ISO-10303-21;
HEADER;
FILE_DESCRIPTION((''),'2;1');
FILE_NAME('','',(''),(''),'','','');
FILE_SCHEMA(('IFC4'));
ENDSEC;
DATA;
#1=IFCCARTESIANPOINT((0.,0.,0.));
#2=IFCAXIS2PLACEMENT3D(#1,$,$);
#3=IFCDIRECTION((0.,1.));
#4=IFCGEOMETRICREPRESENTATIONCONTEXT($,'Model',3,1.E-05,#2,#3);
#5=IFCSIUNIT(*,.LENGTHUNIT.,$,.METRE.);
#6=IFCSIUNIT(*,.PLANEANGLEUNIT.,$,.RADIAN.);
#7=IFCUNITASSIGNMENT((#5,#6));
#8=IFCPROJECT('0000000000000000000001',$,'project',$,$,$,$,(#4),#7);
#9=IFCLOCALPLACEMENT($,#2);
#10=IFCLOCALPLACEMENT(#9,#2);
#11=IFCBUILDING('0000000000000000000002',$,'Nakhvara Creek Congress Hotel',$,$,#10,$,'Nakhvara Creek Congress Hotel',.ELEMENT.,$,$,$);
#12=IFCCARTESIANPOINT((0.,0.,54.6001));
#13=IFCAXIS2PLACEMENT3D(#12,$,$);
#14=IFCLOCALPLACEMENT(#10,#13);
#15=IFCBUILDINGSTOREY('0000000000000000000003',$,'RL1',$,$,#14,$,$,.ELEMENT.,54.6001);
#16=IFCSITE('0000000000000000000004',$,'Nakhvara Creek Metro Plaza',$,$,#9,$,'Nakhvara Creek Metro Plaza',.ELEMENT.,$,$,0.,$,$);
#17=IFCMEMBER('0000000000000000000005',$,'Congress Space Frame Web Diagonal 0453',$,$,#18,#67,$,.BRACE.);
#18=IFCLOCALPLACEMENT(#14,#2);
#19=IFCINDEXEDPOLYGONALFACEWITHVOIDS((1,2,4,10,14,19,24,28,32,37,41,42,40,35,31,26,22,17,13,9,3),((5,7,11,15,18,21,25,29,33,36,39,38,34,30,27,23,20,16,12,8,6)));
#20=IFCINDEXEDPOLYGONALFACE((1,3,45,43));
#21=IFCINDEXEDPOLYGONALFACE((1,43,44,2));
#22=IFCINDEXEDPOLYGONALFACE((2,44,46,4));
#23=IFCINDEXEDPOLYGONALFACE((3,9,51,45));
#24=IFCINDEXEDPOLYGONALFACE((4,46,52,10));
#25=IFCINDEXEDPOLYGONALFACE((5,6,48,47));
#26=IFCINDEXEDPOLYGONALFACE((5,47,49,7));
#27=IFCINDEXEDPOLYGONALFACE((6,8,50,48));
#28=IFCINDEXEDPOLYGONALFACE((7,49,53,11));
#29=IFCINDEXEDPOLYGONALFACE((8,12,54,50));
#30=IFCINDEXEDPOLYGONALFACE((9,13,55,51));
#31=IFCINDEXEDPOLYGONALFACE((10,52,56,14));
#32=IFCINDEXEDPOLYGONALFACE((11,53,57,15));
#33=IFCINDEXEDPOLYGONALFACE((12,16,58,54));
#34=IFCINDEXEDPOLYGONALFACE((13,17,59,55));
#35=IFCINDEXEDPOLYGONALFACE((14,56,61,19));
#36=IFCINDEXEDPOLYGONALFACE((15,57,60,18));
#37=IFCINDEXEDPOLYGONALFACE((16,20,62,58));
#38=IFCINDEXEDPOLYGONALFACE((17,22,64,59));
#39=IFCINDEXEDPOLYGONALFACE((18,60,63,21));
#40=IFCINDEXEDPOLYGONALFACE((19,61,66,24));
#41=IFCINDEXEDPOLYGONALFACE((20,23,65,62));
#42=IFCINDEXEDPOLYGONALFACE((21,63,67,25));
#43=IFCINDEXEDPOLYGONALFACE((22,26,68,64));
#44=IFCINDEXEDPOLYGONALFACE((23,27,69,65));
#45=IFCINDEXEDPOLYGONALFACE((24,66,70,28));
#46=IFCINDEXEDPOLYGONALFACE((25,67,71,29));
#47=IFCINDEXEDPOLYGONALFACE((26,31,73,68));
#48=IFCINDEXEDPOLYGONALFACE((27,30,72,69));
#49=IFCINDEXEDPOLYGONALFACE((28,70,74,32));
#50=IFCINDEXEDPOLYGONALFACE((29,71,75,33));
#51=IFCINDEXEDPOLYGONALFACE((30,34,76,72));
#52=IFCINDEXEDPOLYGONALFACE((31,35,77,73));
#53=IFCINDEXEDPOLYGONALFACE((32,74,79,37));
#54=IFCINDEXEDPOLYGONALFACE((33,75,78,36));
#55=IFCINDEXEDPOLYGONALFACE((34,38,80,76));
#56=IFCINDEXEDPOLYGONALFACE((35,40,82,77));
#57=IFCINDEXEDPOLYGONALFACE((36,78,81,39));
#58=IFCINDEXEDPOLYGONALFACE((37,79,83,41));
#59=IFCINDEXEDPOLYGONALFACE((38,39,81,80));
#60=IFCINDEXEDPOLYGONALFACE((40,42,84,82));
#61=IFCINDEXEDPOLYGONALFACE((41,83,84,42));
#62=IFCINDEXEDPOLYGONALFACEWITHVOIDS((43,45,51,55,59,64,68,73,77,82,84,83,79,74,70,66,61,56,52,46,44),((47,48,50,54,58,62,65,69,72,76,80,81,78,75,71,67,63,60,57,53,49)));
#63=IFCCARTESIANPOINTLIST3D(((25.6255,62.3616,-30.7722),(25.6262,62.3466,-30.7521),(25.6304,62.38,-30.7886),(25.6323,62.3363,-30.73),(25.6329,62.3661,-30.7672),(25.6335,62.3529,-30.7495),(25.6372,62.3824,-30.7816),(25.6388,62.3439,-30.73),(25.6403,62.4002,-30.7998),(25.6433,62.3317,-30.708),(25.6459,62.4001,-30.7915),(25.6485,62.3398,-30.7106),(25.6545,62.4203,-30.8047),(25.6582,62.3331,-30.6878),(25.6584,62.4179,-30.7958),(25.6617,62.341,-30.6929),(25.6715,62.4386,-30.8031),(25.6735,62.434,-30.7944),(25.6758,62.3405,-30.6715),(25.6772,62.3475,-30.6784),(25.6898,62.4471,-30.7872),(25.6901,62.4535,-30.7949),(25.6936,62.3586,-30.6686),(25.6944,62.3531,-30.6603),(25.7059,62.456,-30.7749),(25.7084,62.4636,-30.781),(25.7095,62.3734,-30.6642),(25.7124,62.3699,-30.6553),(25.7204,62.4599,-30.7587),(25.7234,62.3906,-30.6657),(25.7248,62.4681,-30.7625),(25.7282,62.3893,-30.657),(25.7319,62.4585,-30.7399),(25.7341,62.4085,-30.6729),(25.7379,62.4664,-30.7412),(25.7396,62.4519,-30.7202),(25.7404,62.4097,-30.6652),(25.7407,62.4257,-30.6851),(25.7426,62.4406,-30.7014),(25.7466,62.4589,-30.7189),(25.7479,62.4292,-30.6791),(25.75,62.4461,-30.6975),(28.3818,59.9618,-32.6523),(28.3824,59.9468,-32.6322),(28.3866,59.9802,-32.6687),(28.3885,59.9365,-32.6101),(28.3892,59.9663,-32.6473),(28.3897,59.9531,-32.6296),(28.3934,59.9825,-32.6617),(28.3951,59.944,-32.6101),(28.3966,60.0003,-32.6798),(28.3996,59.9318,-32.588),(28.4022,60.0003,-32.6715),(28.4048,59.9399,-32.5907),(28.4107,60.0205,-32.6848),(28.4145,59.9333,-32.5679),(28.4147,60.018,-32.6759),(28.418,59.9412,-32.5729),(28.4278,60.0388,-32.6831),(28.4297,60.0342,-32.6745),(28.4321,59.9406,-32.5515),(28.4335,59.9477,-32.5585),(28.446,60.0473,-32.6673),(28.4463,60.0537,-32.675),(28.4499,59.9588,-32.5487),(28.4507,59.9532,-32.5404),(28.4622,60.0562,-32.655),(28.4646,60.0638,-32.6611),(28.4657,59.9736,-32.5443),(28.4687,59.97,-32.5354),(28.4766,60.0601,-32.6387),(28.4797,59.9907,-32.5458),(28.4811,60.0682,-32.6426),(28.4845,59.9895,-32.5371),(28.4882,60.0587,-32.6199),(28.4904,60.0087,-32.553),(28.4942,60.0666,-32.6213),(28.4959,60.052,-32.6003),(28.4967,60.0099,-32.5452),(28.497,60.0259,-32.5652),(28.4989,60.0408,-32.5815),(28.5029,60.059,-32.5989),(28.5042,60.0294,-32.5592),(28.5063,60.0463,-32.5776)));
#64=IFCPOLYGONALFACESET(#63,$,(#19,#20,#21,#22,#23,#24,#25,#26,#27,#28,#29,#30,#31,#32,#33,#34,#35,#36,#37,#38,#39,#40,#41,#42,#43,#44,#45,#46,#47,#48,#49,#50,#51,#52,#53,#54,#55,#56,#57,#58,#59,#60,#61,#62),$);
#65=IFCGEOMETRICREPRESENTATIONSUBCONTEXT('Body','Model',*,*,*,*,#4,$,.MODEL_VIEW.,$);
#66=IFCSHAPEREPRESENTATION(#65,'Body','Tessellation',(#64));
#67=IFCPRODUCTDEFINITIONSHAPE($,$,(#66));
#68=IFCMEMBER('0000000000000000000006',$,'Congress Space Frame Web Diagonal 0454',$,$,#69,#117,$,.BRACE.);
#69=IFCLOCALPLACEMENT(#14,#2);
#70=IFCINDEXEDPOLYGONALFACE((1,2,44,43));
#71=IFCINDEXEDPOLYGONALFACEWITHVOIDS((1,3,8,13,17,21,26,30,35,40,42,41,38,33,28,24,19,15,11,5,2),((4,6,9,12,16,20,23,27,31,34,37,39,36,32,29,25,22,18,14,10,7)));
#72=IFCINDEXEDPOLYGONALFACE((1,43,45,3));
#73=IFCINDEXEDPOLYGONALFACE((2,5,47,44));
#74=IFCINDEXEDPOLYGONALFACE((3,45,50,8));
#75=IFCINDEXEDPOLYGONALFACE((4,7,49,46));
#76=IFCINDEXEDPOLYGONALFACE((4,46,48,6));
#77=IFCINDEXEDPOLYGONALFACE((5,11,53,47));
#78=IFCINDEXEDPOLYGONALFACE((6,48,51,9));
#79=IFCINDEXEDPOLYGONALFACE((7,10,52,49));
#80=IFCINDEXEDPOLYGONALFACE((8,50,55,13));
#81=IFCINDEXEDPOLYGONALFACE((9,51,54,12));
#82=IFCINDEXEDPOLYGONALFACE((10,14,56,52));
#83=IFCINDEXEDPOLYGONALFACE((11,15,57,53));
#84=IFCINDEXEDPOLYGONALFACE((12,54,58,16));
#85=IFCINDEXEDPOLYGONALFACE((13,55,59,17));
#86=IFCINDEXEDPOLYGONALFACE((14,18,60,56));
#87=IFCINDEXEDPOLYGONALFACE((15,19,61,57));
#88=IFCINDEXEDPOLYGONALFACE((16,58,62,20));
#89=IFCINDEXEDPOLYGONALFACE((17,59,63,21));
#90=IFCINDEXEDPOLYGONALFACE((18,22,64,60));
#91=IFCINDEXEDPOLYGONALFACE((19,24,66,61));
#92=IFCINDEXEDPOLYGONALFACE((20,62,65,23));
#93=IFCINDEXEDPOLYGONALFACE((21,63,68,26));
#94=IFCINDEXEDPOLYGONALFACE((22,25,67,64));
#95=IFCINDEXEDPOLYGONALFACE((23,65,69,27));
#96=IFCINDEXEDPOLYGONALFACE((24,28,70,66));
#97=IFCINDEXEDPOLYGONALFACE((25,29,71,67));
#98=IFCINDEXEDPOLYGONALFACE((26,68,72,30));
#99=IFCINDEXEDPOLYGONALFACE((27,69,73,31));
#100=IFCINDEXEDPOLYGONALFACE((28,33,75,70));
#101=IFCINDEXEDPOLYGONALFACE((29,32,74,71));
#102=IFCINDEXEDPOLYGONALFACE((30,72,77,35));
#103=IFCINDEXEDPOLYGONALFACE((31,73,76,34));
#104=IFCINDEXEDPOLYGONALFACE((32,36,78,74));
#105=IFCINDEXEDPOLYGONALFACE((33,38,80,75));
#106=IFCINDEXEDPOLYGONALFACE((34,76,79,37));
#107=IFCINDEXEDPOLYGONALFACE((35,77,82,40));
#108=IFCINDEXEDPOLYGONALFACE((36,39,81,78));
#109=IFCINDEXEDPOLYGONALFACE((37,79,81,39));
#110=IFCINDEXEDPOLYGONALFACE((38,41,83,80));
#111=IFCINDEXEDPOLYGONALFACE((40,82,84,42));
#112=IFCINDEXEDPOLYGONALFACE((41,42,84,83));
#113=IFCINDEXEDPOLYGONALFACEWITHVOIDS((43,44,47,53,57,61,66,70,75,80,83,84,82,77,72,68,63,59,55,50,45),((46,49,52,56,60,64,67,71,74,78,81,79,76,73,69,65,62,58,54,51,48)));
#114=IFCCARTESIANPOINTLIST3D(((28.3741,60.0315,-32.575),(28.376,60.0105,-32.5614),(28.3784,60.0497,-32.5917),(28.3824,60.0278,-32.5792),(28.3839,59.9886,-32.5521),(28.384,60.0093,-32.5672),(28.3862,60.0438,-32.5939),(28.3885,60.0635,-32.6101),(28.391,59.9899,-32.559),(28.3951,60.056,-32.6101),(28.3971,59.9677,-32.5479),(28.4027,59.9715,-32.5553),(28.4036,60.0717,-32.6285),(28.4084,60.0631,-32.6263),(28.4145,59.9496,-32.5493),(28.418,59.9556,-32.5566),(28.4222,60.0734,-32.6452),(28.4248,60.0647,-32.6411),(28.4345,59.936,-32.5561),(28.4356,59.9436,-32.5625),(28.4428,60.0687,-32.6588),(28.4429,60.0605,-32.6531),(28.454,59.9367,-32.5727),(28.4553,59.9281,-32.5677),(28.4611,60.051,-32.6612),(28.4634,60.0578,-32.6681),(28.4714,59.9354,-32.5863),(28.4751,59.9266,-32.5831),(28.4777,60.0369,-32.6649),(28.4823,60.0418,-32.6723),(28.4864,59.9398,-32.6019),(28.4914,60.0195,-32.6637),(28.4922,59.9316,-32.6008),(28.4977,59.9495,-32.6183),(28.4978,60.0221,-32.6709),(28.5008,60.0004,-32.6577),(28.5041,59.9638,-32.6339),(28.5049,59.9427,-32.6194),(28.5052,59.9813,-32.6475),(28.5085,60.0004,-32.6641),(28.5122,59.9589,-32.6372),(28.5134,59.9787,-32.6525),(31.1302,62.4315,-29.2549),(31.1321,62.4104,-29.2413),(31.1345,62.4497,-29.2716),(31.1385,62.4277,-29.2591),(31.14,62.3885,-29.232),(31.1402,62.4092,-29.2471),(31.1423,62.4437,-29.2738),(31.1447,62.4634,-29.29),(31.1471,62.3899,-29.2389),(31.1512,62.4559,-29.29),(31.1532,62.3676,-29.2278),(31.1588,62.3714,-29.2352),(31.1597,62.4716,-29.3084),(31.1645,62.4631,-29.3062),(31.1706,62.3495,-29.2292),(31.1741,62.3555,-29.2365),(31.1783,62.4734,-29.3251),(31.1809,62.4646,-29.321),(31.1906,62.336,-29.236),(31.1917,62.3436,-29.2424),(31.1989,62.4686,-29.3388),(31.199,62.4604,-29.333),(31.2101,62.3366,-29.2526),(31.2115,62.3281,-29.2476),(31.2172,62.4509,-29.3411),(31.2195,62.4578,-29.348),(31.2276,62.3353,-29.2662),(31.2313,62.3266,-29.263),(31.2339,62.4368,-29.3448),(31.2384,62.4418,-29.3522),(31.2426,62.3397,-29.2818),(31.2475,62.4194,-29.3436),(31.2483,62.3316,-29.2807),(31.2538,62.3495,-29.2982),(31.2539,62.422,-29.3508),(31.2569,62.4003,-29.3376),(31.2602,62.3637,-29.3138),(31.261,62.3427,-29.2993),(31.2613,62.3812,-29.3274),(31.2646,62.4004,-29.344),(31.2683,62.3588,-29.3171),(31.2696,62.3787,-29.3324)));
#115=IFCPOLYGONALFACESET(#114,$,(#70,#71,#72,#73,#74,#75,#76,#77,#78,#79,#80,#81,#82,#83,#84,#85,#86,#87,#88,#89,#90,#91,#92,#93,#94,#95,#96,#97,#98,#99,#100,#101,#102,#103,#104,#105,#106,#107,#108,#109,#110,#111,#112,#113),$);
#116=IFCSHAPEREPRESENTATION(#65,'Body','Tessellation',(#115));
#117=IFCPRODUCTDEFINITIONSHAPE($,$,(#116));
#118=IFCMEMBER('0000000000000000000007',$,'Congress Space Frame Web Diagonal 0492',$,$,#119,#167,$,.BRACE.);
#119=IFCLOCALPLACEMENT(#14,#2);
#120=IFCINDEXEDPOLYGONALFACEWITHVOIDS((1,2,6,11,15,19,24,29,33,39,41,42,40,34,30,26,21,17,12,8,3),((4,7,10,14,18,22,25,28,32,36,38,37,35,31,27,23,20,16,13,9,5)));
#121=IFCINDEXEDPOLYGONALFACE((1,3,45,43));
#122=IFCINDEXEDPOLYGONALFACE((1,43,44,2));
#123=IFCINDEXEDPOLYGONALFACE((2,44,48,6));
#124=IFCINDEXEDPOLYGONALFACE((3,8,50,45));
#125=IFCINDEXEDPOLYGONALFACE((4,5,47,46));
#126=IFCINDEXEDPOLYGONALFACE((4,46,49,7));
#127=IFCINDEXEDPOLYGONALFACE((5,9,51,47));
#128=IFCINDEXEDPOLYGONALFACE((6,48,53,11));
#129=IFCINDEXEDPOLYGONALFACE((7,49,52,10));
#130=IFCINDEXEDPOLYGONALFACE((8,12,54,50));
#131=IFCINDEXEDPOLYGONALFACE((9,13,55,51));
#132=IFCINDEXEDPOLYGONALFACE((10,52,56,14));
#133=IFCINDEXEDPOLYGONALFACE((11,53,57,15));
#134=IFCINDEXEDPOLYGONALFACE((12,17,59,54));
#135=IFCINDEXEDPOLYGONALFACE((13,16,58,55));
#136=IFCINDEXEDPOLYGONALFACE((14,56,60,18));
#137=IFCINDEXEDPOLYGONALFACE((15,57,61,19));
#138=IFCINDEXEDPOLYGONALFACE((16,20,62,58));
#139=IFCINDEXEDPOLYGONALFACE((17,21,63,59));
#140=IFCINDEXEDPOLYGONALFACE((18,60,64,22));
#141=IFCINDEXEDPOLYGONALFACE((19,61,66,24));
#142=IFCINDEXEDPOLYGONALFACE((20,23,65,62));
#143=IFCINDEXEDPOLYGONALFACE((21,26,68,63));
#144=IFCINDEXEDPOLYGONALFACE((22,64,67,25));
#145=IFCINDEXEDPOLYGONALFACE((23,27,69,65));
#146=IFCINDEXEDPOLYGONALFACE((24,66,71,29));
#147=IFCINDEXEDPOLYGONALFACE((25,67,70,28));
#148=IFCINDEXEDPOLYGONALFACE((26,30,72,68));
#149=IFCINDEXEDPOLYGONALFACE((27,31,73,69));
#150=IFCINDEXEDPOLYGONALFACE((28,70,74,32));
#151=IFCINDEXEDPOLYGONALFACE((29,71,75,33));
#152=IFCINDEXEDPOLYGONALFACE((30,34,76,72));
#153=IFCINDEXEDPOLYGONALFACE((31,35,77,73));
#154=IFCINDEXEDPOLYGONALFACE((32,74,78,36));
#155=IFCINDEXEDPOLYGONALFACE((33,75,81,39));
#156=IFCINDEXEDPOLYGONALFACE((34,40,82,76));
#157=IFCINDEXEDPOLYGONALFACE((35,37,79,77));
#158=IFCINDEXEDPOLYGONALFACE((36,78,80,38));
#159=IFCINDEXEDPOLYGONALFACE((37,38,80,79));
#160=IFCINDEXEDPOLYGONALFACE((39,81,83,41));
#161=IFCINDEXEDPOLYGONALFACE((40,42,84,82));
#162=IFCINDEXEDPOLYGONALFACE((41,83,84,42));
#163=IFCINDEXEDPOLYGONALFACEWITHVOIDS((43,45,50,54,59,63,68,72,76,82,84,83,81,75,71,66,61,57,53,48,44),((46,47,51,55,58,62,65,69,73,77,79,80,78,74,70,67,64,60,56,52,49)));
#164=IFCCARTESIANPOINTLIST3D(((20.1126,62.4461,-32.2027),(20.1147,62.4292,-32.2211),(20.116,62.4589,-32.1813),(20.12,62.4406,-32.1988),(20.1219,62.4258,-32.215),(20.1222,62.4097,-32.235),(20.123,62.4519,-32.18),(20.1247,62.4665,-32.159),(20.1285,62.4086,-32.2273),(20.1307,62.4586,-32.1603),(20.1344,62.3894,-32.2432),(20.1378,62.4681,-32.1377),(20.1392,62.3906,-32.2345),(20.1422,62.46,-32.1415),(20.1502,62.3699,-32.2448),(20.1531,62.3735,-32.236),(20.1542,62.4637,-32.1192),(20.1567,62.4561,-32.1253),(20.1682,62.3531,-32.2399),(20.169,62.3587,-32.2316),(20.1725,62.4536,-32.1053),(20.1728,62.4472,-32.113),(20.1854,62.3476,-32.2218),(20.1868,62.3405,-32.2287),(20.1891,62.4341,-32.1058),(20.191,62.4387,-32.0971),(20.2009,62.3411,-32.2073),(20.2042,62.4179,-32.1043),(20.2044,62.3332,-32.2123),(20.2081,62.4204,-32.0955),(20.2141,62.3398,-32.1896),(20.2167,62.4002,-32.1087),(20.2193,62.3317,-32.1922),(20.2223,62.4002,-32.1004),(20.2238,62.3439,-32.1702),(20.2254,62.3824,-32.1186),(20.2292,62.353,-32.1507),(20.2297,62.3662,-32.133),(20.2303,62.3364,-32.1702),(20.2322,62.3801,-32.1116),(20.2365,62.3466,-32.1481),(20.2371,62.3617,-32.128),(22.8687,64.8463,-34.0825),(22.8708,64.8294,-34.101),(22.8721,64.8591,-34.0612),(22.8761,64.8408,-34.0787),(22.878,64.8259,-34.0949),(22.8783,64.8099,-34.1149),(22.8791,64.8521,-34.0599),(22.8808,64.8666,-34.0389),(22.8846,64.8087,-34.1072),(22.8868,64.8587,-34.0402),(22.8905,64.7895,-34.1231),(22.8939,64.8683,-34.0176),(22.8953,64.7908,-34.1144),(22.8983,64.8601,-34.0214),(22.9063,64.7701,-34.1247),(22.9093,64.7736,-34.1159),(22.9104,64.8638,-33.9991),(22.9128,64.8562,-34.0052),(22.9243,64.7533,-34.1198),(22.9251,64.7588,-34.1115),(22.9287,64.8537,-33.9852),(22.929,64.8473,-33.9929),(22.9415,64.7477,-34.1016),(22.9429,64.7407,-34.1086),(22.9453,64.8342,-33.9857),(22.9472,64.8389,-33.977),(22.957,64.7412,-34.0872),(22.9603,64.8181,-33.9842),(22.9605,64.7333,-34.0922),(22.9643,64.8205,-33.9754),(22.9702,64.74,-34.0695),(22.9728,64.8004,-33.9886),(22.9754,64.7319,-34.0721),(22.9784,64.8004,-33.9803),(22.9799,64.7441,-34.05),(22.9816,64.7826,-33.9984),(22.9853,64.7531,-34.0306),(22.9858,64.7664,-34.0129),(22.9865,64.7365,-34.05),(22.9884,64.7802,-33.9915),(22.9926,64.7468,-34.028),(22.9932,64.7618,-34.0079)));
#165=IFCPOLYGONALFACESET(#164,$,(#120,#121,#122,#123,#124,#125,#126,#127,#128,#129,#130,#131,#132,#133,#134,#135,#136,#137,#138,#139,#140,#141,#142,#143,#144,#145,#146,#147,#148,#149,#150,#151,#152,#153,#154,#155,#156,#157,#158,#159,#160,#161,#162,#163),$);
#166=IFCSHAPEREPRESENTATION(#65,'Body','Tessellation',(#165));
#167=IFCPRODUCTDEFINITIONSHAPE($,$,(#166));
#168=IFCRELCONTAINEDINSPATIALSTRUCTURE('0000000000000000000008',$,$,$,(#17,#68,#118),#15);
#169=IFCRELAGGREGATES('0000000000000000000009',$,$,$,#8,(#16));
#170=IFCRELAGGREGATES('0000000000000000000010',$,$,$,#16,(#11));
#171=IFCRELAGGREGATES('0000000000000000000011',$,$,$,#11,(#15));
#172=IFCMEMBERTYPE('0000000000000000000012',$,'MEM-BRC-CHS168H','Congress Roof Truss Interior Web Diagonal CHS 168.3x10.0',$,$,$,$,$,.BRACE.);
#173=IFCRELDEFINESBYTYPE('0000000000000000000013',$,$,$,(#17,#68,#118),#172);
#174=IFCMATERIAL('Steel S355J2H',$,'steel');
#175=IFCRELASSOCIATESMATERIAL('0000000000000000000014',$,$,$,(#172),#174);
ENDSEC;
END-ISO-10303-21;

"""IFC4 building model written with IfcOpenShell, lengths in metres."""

from ifc_helpers import new_model, si_unit, direction, frame, origin, origin_2d, place, context, subcontext, project, spatial, hollow_circle, extrude, material, material_profile, profile_set, type_object, element, save


model = new_model("IFC4")

# Units and contexts
model_context = context("Model", 3, precision=1e-05, world=origin(), true_north=direction((0.0, 1.0)))
body_context = subcontext(model_context, "Body", "Model", "MODEL_VIEW")
ifc_project = project(units=[si_unit("LENGTHUNIT", "METRE"), si_unit("PLANEANGLEUNIT", "RADIAN")], contexts=[model_context])

# Site, building, storey
site_placement = place(None, origin())
site = spatial("IfcSite", under=ifc_project, at=site_placement, Name="Nakhvara Creek Metro Plaza", LongName="Nakhvara Creek Metro Plaza", CompositionType="ELEMENT", RefElevation=0.0)
building_placement = place(site_placement, origin())
building = spatial("IfcBuilding", under=site, at=building_placement, Name="Nakhvara Creek Congress Hotel", LongName="Nakhvara Creek Congress Hotel", CompositionType="ELEMENT")
storey_placement = place(building_placement, frame((0.0, 0.0, 54.6001)))
storey = spatial("IfcBuildingStorey", under=building, at=storey_placement, Name="RL1", CompositionType="ELEMENT", Elevation=54.6001)

# Members
ifc_material_1 = material(Name="Steel S355J2H", Category="steel")
ifc_material_profile_1 = material_profile(ifc_material_1, hollow_circle(Radius=0.0842, WallThickness=0.01, at=origin_2d()), Name="CHS 168.3x10.0", Category="LoadBearing")
ifc_profile_set_1 = profile_set([ifc_material_profile_1], Name="Steel S355J2H")
member_type_1 = type_object("IfcMemberType", Name="MEM-BRC-CHS168H", Description="Congress Roof Truss Interior Web Diagonal CHS 168.3x10.0", PredefinedType="BRACE", material=ifc_profile_set_1)
member_1_placement = place(storey_placement, frame((28.4438, 60.0, -32.6101), z_axis=(-0.670649, 0.583922, 0.457455), x_axis=(-0.656658, -0.754188, 0.0)))
element("IfcMember", 1, at=member_1_placement, inside=storey, type_object=member_type_1, Name="Congress Space Frame Web Diagonal 0453", PredefinedType="BRACE", context=body_context, shape_type="SweptSolid", body=[
    extrude(hollow_circle(Radius=0.0842, WallThickness=0.01, at=origin_2d()), origin(), (0.0, 0.0, 1.0), 4.1099),
])
member_2_placement = place(storey_placement, frame((28.4438, 60.0, -32.6101), z_axis=(0.558203, 0.48606, 0.672425), x_axis=(-0.656691, 0.75416, 0.0)))
element("IfcMember", 2, at=member_2_placement, inside=storey, type_object=member_type_1, Name="Congress Space Frame Web Diagonal 0454", PredefinedType="BRACE", context=body_context, shape_type="SweptSolid", body=[
    extrude(hollow_circle(Radius=0.0842, WallThickness=0.01, at=origin_2d()), origin(), (0.0, 0.0, 1.0), 4.9375),
])
member_3_placement = place(storey_placement, frame((22.9312, 64.8, -34.05), z_axis=(-0.670611, -0.584, 0.45741), x_axis=(0.656729, -0.754126, 0.0)))
element("IfcMember", 3, at=member_3_placement, inside=storey, type_object=member_type_1, Name="Congress Space Frame Web Diagonal 0492", PredefinedType="BRACE", context=body_context, shape_type="SweptSolid", body=[
    extrude(hollow_circle(Radius=0.0842, WallThickness=0.01, at=origin_2d()), origin(), (0.0, 0.0, 1.0), 4.1099),
])

save(model, "model.ifc")
